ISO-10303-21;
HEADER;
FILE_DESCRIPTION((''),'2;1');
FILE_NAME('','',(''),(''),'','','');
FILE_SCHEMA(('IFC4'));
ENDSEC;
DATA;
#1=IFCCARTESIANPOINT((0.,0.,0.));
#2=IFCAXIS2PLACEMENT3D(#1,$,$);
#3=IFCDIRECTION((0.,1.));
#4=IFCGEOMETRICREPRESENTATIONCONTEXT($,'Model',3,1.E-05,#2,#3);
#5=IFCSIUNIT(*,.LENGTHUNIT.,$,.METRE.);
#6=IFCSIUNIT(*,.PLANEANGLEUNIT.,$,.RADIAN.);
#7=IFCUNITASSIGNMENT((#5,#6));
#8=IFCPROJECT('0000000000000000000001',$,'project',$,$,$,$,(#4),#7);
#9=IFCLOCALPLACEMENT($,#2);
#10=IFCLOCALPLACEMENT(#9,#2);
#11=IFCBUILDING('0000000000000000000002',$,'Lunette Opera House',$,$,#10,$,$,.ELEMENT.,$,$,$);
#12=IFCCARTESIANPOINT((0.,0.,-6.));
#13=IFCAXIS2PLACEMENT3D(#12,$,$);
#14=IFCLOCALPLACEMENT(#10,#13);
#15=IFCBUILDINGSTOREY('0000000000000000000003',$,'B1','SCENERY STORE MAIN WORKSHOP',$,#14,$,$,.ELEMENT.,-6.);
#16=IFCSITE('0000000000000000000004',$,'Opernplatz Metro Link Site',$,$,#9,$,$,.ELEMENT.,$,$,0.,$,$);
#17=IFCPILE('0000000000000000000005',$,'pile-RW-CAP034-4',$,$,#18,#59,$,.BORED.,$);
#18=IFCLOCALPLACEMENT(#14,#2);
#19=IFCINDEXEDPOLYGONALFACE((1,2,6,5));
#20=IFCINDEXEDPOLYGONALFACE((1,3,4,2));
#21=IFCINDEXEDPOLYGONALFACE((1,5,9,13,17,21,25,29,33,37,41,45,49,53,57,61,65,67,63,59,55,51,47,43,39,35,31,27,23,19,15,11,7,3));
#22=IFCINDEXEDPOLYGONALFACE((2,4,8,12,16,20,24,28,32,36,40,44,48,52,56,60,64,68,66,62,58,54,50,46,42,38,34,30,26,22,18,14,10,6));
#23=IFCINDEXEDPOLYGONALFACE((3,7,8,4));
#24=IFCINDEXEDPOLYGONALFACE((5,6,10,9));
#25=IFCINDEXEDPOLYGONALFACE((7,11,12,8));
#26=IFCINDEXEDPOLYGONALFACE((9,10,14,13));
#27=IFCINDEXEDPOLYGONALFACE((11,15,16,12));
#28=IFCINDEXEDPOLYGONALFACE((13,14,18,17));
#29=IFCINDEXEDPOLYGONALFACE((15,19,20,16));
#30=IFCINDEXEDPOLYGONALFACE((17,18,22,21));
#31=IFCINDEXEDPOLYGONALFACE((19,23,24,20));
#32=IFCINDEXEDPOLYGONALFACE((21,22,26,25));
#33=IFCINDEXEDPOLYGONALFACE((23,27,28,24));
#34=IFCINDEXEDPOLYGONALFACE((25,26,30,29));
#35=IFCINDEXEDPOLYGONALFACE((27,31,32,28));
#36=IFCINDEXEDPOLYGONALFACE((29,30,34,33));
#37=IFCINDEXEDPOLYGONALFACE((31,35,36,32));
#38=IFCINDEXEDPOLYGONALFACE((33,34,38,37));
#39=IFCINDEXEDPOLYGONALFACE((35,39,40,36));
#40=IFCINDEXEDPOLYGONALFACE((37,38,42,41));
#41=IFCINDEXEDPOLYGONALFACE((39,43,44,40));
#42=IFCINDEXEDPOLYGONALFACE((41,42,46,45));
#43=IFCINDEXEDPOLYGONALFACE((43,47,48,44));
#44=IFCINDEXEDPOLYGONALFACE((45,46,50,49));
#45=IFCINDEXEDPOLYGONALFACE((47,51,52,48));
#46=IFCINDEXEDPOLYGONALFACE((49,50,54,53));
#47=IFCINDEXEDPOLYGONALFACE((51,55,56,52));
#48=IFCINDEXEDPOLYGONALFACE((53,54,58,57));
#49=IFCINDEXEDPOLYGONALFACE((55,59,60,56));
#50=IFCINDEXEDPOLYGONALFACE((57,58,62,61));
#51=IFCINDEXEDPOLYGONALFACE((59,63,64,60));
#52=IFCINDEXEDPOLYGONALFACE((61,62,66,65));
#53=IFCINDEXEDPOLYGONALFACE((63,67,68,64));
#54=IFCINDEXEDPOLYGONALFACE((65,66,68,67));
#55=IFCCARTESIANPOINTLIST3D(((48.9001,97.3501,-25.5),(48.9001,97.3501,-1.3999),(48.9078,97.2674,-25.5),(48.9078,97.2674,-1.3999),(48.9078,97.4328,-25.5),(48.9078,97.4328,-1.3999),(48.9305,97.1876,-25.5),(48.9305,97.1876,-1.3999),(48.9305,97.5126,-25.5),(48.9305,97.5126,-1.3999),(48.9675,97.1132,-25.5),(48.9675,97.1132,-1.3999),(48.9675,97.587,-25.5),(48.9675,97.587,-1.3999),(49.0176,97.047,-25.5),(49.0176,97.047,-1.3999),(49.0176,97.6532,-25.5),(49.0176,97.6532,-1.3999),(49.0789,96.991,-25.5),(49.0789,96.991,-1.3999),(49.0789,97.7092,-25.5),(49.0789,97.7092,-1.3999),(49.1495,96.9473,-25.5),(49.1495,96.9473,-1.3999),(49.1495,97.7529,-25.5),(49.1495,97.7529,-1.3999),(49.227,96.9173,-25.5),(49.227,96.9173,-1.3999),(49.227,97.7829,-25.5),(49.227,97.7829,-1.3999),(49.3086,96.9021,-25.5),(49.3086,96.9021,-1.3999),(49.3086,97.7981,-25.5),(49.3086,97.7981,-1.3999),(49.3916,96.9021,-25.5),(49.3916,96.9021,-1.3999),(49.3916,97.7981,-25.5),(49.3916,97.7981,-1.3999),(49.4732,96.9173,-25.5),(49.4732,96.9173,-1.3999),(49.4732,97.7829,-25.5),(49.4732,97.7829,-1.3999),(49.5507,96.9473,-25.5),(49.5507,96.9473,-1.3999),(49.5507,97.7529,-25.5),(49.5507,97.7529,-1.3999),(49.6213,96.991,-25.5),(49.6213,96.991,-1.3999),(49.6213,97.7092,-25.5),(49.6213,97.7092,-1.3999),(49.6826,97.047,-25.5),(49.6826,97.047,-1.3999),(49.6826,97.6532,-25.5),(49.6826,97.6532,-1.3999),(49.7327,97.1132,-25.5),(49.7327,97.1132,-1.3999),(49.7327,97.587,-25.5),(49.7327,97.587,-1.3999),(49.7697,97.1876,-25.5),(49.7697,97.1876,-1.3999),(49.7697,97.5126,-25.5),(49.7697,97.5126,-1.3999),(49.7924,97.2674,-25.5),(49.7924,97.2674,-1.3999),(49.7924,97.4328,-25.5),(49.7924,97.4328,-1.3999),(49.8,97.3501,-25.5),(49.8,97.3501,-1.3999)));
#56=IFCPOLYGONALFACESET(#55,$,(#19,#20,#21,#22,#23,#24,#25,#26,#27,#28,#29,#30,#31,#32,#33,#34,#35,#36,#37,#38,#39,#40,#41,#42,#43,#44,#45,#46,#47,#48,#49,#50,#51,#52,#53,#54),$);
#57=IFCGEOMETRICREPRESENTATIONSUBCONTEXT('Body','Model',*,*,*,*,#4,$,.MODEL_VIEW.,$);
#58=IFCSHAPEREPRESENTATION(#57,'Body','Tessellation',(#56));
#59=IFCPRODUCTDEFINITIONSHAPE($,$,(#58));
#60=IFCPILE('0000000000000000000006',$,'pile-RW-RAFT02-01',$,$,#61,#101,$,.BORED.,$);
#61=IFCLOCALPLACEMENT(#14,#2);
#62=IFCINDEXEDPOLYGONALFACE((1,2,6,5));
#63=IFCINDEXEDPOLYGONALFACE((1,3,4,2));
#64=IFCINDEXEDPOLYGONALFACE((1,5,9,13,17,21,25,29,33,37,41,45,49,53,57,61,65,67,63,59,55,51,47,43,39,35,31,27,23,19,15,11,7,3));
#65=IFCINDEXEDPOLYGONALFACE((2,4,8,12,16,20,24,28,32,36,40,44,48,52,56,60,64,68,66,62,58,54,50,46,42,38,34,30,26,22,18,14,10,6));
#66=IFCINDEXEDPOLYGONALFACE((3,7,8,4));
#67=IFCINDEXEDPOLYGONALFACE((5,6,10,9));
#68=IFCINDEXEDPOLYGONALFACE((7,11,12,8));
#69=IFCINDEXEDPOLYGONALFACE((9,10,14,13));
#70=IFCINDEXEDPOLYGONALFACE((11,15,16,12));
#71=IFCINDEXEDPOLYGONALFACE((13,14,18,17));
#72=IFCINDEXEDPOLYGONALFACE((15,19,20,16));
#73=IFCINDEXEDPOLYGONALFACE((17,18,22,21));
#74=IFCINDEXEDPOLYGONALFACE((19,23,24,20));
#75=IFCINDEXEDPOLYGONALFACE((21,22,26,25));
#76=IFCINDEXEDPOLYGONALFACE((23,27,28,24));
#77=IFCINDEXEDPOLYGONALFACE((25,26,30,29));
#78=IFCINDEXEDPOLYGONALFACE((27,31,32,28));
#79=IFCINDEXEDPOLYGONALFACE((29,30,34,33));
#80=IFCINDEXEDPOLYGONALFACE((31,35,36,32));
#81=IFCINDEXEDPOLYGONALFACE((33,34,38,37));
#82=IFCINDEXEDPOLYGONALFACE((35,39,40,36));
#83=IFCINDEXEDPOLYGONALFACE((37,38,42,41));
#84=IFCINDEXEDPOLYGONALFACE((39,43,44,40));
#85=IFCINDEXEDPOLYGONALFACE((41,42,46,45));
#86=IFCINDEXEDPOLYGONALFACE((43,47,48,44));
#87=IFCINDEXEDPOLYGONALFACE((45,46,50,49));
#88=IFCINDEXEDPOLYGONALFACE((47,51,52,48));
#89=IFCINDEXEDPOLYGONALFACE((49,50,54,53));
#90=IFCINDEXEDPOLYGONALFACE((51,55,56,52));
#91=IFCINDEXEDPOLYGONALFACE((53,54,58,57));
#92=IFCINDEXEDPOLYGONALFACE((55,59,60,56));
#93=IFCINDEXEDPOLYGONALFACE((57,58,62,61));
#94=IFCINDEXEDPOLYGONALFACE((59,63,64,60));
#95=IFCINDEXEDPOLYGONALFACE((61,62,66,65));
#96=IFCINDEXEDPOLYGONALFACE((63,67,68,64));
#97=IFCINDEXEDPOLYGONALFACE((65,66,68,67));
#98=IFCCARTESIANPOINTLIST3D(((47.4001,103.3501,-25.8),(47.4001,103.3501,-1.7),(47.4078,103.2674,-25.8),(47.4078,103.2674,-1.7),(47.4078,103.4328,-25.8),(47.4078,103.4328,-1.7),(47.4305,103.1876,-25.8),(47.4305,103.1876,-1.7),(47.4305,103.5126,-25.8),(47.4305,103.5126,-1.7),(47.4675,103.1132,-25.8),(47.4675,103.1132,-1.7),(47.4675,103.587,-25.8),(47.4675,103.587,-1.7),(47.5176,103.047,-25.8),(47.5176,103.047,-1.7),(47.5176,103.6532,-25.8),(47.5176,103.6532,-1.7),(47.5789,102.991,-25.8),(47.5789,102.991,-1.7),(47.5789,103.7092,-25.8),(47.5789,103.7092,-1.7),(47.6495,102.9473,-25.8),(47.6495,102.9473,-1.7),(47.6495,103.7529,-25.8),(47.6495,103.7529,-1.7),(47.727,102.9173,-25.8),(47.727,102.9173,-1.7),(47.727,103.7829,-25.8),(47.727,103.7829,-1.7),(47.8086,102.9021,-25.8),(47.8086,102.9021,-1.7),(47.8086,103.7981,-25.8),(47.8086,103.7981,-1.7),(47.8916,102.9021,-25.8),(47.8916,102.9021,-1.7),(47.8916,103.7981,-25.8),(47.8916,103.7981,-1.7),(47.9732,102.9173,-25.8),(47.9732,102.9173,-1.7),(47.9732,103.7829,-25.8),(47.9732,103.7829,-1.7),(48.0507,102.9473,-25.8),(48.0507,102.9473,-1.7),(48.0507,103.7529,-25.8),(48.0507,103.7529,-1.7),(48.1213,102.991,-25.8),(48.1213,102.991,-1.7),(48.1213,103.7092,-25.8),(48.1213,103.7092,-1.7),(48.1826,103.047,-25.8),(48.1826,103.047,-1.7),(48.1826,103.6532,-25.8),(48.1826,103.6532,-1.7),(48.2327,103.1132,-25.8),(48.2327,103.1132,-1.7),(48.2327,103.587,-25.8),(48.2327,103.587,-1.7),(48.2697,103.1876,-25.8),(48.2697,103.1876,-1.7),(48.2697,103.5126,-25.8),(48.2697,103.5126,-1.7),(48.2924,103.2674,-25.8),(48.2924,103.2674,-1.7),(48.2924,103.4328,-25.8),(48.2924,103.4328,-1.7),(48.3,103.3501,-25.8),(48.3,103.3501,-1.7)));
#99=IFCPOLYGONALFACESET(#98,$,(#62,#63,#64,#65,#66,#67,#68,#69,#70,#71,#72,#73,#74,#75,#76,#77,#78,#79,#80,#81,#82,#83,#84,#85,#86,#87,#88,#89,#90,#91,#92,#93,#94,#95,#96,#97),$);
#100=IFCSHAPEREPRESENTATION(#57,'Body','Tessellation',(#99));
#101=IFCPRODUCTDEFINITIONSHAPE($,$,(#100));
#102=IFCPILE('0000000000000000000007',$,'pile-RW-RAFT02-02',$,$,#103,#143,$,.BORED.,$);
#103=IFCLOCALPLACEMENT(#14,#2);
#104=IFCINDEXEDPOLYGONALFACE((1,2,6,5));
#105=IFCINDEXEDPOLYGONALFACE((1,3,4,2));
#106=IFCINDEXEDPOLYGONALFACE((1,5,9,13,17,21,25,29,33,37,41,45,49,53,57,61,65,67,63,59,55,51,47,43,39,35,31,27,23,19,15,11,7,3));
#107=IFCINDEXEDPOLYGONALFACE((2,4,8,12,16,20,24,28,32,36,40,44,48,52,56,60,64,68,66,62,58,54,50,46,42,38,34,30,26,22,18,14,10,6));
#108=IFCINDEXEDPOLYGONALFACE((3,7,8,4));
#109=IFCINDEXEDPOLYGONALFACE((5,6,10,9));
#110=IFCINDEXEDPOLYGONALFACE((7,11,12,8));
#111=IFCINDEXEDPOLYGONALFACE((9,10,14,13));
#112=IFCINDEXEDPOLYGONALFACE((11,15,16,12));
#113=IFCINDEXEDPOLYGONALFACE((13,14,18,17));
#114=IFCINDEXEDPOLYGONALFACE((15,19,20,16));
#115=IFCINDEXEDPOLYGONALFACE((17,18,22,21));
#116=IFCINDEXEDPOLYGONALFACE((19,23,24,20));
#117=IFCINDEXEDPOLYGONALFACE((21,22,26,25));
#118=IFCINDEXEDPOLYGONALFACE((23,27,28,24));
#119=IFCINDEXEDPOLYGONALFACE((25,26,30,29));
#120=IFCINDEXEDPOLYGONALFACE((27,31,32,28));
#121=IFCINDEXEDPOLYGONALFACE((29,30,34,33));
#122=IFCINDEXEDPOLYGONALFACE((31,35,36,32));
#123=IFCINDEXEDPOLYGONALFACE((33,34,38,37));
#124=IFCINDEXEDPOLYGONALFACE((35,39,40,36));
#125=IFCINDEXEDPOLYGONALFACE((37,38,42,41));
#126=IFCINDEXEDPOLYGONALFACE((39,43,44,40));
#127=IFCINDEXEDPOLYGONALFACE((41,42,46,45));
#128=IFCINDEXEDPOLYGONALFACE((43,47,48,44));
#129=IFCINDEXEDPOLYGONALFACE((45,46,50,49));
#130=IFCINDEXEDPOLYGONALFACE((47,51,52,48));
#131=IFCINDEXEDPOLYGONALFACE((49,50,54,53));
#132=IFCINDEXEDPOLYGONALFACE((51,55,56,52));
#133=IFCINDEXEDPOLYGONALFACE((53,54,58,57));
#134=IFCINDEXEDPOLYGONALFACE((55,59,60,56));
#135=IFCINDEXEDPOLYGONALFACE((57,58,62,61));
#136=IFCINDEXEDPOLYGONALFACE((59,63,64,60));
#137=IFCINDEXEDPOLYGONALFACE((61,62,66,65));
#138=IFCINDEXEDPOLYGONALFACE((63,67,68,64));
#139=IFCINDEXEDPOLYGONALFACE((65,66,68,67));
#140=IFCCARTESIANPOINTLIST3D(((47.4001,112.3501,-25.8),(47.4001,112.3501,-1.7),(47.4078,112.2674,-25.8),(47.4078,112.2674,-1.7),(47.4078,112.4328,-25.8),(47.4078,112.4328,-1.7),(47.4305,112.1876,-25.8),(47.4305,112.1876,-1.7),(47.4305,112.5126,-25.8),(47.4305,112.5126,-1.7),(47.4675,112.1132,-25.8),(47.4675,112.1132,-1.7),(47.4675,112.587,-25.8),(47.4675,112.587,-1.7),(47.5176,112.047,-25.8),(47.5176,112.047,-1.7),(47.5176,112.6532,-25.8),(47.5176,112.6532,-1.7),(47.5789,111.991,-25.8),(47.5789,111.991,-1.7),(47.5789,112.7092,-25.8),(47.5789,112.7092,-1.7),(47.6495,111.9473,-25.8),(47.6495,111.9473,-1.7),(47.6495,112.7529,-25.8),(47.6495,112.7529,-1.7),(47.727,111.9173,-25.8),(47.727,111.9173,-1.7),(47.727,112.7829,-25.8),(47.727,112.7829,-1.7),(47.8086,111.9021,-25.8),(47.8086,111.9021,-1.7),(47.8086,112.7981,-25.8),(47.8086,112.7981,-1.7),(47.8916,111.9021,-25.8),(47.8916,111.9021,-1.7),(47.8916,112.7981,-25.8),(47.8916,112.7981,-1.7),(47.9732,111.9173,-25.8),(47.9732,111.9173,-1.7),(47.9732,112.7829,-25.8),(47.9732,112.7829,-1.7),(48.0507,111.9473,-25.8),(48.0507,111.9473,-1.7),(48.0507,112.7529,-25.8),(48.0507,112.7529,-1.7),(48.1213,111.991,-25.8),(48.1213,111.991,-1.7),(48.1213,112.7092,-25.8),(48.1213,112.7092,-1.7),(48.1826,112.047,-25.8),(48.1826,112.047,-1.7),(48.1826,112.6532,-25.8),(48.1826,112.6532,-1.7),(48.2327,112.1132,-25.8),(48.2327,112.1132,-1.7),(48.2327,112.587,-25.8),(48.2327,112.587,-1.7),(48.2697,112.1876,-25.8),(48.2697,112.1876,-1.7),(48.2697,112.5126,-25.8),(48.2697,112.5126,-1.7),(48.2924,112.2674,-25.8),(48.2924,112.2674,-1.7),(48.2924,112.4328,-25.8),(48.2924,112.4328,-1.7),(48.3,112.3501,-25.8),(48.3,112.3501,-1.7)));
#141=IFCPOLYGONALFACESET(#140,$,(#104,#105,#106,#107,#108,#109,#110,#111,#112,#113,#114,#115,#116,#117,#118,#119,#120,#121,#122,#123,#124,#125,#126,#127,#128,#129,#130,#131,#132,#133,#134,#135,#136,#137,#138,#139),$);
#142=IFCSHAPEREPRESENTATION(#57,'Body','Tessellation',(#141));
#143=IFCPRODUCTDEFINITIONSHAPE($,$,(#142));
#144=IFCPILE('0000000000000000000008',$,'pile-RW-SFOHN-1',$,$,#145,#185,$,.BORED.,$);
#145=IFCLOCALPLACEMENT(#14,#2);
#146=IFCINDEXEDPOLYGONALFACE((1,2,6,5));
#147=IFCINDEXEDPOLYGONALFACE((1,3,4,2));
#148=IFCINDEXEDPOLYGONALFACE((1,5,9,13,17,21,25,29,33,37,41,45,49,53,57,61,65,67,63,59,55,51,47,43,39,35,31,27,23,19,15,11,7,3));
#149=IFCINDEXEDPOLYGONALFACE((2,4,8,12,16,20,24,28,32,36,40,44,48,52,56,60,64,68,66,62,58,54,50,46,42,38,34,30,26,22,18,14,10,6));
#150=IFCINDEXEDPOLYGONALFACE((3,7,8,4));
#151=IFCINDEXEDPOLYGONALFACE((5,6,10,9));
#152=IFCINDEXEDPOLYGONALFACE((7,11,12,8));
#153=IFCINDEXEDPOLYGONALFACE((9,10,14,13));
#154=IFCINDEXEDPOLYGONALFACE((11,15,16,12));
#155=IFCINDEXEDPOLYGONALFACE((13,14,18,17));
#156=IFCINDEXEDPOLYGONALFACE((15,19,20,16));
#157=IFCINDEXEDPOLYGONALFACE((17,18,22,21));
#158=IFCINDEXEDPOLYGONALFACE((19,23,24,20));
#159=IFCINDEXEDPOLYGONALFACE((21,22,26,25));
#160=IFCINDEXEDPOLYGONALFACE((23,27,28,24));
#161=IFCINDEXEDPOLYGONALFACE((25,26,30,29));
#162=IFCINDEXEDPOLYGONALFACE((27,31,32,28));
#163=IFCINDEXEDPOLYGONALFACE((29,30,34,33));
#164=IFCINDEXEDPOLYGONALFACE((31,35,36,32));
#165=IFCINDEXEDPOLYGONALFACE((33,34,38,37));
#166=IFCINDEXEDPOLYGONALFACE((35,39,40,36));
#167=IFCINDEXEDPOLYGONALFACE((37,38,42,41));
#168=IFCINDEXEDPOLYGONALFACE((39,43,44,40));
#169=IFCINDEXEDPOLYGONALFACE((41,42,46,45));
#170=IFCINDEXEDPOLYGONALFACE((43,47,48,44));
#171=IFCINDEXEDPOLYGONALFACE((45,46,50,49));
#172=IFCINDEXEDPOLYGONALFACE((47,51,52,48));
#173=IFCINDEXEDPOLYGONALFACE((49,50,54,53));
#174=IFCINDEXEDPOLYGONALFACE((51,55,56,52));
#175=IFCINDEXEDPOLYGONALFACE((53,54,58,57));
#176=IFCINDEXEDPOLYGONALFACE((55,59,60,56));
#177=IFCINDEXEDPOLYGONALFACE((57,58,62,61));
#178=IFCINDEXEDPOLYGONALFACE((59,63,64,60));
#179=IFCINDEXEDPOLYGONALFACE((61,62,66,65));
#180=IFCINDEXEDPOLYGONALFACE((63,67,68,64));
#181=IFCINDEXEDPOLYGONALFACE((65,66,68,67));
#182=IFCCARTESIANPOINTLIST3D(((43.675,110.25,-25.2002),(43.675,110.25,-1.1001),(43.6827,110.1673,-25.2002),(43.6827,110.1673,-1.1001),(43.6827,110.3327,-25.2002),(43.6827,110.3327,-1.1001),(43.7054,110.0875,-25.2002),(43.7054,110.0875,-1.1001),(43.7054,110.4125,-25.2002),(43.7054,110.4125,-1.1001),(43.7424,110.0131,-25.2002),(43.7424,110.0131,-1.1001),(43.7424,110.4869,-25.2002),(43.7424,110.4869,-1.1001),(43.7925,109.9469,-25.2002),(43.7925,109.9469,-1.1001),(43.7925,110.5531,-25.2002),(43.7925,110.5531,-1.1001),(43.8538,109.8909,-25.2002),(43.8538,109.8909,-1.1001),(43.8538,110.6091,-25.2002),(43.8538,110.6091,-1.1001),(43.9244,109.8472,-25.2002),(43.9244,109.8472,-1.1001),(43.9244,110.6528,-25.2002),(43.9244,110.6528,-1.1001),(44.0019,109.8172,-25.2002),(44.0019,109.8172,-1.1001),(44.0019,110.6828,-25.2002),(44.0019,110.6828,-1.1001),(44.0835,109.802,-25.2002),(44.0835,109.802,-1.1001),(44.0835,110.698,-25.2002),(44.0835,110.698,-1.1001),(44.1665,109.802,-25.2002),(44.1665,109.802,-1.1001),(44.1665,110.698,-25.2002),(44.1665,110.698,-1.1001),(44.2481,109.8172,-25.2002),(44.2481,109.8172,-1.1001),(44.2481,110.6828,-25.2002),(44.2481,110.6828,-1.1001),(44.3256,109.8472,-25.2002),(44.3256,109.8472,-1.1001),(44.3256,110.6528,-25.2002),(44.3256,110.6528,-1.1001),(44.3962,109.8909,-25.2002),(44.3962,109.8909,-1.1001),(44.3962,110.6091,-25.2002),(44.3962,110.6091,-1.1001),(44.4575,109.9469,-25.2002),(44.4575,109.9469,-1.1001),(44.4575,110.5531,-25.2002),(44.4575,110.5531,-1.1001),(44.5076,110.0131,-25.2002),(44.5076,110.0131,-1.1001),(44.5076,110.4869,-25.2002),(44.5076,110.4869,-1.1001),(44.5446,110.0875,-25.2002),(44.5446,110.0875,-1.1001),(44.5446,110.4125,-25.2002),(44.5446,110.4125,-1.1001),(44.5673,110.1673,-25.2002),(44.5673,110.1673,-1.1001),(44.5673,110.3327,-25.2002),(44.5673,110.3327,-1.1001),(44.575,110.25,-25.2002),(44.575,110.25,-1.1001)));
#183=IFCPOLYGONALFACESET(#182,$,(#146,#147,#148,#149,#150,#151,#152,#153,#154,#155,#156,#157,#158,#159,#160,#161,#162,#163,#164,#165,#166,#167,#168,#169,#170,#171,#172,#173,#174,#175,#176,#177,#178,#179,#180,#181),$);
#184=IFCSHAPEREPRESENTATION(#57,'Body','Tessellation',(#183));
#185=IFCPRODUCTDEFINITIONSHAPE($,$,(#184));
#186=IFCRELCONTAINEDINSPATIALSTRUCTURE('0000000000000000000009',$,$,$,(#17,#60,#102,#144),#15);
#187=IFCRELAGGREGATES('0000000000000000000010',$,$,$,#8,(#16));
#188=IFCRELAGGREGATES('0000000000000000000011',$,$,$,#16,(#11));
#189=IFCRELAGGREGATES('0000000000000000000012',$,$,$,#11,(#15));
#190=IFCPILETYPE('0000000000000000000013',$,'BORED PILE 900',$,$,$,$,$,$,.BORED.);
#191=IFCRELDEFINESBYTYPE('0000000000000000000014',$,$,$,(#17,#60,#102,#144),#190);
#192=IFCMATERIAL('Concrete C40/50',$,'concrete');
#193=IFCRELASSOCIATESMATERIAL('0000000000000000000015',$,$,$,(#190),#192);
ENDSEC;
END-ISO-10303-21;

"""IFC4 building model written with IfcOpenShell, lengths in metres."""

from ifc_helpers import new_model, si_unit, direction, frame, origin, origin_2d, place, context, subcontext, project, spatial, circle, extrude, material, material_profile, profile_set, type_object, element, save


model = new_model("IFC4")

# Units and contexts
model_context = context("Model", 3, precision=1e-05, world=origin(), true_north=direction((0.0, 1.0)))
body_context = subcontext(model_context, "Body", "Model", "MODEL_VIEW")
ifc_project = project(units=[si_unit("LENGTHUNIT", "METRE"), si_unit("PLANEANGLEUNIT", "RADIAN")], contexts=[model_context])

# Site, building, storey
site_placement = place(None, origin())
site = spatial("IfcSite", under=ifc_project, at=site_placement, Name="Opernplatz Metro Link Site", CompositionType="ELEMENT", RefElevation=0.0)
building_placement = place(site_placement, origin())
building = spatial("IfcBuilding", under=site, at=building_placement, Name="Lunette Opera House", CompositionType="ELEMENT")
storey_placement = place(building_placement, frame((0.0, 0.0, -6.0)))
storey = spatial("IfcBuildingStorey", under=building, at=storey_placement, Name="B1", Description="SCENERY STORE MAIN WORKSHOP", CompositionType="ELEMENT", Elevation=-6.0)

# Piles
ifc_material_1 = material(Name="Concrete C40/50", Category="concrete")
ifc_material_profile_1 = material_profile(ifc_material_1, circle(Radius=0.45, at=origin_2d()), Name="BORED PILE 900")
ifc_profile_set_1 = profile_set([ifc_material_profile_1], Name="Concrete C40/50")
pile_type = type_object("IfcPileType", Name="BORED PILE 900", PredefinedType="BORED", material=ifc_profile_set_1)
for number, where, z_axis, x_axis, name in (
    (1, (49.3501, 97.3501, -1.3999), (0.0, 0.0, -1.0), (1.0, 0.0, 0.0), "pile-RW-CAP034-4"),
    (2, (47.8501, 103.3501, -1.7), (0.0, 0.0, -1.0), (1.0, 0.0, 0.0), "pile-RW-RAFT02-01"),
    (3, (47.8501, 112.3501, -1.7), (0.0, 0.0, -1.0), (1.0, 0.0, 0.0), "pile-RW-RAFT02-02"),
    (4, (44.125, 110.25, -1.1001), (0.0, 0.0, -1.0), (1.0, 0.0, 0.0), "pile-RW-SFOHN-1"),
):
    element("IfcPile", number, at=place(storey_placement, frame(where, z_axis=z_axis, x_axis=x_axis)), inside=storey, type_object=pile_type, Name=name, PredefinedType="BORED", context=body_context, shape_type="SweptSolid", body=[
        extrude(circle(Radius=0.45, at=origin_2d()), origin(), (0.0, 0.0, 1.0), 24.1001),
    ])

save(model, "model.ifc")
